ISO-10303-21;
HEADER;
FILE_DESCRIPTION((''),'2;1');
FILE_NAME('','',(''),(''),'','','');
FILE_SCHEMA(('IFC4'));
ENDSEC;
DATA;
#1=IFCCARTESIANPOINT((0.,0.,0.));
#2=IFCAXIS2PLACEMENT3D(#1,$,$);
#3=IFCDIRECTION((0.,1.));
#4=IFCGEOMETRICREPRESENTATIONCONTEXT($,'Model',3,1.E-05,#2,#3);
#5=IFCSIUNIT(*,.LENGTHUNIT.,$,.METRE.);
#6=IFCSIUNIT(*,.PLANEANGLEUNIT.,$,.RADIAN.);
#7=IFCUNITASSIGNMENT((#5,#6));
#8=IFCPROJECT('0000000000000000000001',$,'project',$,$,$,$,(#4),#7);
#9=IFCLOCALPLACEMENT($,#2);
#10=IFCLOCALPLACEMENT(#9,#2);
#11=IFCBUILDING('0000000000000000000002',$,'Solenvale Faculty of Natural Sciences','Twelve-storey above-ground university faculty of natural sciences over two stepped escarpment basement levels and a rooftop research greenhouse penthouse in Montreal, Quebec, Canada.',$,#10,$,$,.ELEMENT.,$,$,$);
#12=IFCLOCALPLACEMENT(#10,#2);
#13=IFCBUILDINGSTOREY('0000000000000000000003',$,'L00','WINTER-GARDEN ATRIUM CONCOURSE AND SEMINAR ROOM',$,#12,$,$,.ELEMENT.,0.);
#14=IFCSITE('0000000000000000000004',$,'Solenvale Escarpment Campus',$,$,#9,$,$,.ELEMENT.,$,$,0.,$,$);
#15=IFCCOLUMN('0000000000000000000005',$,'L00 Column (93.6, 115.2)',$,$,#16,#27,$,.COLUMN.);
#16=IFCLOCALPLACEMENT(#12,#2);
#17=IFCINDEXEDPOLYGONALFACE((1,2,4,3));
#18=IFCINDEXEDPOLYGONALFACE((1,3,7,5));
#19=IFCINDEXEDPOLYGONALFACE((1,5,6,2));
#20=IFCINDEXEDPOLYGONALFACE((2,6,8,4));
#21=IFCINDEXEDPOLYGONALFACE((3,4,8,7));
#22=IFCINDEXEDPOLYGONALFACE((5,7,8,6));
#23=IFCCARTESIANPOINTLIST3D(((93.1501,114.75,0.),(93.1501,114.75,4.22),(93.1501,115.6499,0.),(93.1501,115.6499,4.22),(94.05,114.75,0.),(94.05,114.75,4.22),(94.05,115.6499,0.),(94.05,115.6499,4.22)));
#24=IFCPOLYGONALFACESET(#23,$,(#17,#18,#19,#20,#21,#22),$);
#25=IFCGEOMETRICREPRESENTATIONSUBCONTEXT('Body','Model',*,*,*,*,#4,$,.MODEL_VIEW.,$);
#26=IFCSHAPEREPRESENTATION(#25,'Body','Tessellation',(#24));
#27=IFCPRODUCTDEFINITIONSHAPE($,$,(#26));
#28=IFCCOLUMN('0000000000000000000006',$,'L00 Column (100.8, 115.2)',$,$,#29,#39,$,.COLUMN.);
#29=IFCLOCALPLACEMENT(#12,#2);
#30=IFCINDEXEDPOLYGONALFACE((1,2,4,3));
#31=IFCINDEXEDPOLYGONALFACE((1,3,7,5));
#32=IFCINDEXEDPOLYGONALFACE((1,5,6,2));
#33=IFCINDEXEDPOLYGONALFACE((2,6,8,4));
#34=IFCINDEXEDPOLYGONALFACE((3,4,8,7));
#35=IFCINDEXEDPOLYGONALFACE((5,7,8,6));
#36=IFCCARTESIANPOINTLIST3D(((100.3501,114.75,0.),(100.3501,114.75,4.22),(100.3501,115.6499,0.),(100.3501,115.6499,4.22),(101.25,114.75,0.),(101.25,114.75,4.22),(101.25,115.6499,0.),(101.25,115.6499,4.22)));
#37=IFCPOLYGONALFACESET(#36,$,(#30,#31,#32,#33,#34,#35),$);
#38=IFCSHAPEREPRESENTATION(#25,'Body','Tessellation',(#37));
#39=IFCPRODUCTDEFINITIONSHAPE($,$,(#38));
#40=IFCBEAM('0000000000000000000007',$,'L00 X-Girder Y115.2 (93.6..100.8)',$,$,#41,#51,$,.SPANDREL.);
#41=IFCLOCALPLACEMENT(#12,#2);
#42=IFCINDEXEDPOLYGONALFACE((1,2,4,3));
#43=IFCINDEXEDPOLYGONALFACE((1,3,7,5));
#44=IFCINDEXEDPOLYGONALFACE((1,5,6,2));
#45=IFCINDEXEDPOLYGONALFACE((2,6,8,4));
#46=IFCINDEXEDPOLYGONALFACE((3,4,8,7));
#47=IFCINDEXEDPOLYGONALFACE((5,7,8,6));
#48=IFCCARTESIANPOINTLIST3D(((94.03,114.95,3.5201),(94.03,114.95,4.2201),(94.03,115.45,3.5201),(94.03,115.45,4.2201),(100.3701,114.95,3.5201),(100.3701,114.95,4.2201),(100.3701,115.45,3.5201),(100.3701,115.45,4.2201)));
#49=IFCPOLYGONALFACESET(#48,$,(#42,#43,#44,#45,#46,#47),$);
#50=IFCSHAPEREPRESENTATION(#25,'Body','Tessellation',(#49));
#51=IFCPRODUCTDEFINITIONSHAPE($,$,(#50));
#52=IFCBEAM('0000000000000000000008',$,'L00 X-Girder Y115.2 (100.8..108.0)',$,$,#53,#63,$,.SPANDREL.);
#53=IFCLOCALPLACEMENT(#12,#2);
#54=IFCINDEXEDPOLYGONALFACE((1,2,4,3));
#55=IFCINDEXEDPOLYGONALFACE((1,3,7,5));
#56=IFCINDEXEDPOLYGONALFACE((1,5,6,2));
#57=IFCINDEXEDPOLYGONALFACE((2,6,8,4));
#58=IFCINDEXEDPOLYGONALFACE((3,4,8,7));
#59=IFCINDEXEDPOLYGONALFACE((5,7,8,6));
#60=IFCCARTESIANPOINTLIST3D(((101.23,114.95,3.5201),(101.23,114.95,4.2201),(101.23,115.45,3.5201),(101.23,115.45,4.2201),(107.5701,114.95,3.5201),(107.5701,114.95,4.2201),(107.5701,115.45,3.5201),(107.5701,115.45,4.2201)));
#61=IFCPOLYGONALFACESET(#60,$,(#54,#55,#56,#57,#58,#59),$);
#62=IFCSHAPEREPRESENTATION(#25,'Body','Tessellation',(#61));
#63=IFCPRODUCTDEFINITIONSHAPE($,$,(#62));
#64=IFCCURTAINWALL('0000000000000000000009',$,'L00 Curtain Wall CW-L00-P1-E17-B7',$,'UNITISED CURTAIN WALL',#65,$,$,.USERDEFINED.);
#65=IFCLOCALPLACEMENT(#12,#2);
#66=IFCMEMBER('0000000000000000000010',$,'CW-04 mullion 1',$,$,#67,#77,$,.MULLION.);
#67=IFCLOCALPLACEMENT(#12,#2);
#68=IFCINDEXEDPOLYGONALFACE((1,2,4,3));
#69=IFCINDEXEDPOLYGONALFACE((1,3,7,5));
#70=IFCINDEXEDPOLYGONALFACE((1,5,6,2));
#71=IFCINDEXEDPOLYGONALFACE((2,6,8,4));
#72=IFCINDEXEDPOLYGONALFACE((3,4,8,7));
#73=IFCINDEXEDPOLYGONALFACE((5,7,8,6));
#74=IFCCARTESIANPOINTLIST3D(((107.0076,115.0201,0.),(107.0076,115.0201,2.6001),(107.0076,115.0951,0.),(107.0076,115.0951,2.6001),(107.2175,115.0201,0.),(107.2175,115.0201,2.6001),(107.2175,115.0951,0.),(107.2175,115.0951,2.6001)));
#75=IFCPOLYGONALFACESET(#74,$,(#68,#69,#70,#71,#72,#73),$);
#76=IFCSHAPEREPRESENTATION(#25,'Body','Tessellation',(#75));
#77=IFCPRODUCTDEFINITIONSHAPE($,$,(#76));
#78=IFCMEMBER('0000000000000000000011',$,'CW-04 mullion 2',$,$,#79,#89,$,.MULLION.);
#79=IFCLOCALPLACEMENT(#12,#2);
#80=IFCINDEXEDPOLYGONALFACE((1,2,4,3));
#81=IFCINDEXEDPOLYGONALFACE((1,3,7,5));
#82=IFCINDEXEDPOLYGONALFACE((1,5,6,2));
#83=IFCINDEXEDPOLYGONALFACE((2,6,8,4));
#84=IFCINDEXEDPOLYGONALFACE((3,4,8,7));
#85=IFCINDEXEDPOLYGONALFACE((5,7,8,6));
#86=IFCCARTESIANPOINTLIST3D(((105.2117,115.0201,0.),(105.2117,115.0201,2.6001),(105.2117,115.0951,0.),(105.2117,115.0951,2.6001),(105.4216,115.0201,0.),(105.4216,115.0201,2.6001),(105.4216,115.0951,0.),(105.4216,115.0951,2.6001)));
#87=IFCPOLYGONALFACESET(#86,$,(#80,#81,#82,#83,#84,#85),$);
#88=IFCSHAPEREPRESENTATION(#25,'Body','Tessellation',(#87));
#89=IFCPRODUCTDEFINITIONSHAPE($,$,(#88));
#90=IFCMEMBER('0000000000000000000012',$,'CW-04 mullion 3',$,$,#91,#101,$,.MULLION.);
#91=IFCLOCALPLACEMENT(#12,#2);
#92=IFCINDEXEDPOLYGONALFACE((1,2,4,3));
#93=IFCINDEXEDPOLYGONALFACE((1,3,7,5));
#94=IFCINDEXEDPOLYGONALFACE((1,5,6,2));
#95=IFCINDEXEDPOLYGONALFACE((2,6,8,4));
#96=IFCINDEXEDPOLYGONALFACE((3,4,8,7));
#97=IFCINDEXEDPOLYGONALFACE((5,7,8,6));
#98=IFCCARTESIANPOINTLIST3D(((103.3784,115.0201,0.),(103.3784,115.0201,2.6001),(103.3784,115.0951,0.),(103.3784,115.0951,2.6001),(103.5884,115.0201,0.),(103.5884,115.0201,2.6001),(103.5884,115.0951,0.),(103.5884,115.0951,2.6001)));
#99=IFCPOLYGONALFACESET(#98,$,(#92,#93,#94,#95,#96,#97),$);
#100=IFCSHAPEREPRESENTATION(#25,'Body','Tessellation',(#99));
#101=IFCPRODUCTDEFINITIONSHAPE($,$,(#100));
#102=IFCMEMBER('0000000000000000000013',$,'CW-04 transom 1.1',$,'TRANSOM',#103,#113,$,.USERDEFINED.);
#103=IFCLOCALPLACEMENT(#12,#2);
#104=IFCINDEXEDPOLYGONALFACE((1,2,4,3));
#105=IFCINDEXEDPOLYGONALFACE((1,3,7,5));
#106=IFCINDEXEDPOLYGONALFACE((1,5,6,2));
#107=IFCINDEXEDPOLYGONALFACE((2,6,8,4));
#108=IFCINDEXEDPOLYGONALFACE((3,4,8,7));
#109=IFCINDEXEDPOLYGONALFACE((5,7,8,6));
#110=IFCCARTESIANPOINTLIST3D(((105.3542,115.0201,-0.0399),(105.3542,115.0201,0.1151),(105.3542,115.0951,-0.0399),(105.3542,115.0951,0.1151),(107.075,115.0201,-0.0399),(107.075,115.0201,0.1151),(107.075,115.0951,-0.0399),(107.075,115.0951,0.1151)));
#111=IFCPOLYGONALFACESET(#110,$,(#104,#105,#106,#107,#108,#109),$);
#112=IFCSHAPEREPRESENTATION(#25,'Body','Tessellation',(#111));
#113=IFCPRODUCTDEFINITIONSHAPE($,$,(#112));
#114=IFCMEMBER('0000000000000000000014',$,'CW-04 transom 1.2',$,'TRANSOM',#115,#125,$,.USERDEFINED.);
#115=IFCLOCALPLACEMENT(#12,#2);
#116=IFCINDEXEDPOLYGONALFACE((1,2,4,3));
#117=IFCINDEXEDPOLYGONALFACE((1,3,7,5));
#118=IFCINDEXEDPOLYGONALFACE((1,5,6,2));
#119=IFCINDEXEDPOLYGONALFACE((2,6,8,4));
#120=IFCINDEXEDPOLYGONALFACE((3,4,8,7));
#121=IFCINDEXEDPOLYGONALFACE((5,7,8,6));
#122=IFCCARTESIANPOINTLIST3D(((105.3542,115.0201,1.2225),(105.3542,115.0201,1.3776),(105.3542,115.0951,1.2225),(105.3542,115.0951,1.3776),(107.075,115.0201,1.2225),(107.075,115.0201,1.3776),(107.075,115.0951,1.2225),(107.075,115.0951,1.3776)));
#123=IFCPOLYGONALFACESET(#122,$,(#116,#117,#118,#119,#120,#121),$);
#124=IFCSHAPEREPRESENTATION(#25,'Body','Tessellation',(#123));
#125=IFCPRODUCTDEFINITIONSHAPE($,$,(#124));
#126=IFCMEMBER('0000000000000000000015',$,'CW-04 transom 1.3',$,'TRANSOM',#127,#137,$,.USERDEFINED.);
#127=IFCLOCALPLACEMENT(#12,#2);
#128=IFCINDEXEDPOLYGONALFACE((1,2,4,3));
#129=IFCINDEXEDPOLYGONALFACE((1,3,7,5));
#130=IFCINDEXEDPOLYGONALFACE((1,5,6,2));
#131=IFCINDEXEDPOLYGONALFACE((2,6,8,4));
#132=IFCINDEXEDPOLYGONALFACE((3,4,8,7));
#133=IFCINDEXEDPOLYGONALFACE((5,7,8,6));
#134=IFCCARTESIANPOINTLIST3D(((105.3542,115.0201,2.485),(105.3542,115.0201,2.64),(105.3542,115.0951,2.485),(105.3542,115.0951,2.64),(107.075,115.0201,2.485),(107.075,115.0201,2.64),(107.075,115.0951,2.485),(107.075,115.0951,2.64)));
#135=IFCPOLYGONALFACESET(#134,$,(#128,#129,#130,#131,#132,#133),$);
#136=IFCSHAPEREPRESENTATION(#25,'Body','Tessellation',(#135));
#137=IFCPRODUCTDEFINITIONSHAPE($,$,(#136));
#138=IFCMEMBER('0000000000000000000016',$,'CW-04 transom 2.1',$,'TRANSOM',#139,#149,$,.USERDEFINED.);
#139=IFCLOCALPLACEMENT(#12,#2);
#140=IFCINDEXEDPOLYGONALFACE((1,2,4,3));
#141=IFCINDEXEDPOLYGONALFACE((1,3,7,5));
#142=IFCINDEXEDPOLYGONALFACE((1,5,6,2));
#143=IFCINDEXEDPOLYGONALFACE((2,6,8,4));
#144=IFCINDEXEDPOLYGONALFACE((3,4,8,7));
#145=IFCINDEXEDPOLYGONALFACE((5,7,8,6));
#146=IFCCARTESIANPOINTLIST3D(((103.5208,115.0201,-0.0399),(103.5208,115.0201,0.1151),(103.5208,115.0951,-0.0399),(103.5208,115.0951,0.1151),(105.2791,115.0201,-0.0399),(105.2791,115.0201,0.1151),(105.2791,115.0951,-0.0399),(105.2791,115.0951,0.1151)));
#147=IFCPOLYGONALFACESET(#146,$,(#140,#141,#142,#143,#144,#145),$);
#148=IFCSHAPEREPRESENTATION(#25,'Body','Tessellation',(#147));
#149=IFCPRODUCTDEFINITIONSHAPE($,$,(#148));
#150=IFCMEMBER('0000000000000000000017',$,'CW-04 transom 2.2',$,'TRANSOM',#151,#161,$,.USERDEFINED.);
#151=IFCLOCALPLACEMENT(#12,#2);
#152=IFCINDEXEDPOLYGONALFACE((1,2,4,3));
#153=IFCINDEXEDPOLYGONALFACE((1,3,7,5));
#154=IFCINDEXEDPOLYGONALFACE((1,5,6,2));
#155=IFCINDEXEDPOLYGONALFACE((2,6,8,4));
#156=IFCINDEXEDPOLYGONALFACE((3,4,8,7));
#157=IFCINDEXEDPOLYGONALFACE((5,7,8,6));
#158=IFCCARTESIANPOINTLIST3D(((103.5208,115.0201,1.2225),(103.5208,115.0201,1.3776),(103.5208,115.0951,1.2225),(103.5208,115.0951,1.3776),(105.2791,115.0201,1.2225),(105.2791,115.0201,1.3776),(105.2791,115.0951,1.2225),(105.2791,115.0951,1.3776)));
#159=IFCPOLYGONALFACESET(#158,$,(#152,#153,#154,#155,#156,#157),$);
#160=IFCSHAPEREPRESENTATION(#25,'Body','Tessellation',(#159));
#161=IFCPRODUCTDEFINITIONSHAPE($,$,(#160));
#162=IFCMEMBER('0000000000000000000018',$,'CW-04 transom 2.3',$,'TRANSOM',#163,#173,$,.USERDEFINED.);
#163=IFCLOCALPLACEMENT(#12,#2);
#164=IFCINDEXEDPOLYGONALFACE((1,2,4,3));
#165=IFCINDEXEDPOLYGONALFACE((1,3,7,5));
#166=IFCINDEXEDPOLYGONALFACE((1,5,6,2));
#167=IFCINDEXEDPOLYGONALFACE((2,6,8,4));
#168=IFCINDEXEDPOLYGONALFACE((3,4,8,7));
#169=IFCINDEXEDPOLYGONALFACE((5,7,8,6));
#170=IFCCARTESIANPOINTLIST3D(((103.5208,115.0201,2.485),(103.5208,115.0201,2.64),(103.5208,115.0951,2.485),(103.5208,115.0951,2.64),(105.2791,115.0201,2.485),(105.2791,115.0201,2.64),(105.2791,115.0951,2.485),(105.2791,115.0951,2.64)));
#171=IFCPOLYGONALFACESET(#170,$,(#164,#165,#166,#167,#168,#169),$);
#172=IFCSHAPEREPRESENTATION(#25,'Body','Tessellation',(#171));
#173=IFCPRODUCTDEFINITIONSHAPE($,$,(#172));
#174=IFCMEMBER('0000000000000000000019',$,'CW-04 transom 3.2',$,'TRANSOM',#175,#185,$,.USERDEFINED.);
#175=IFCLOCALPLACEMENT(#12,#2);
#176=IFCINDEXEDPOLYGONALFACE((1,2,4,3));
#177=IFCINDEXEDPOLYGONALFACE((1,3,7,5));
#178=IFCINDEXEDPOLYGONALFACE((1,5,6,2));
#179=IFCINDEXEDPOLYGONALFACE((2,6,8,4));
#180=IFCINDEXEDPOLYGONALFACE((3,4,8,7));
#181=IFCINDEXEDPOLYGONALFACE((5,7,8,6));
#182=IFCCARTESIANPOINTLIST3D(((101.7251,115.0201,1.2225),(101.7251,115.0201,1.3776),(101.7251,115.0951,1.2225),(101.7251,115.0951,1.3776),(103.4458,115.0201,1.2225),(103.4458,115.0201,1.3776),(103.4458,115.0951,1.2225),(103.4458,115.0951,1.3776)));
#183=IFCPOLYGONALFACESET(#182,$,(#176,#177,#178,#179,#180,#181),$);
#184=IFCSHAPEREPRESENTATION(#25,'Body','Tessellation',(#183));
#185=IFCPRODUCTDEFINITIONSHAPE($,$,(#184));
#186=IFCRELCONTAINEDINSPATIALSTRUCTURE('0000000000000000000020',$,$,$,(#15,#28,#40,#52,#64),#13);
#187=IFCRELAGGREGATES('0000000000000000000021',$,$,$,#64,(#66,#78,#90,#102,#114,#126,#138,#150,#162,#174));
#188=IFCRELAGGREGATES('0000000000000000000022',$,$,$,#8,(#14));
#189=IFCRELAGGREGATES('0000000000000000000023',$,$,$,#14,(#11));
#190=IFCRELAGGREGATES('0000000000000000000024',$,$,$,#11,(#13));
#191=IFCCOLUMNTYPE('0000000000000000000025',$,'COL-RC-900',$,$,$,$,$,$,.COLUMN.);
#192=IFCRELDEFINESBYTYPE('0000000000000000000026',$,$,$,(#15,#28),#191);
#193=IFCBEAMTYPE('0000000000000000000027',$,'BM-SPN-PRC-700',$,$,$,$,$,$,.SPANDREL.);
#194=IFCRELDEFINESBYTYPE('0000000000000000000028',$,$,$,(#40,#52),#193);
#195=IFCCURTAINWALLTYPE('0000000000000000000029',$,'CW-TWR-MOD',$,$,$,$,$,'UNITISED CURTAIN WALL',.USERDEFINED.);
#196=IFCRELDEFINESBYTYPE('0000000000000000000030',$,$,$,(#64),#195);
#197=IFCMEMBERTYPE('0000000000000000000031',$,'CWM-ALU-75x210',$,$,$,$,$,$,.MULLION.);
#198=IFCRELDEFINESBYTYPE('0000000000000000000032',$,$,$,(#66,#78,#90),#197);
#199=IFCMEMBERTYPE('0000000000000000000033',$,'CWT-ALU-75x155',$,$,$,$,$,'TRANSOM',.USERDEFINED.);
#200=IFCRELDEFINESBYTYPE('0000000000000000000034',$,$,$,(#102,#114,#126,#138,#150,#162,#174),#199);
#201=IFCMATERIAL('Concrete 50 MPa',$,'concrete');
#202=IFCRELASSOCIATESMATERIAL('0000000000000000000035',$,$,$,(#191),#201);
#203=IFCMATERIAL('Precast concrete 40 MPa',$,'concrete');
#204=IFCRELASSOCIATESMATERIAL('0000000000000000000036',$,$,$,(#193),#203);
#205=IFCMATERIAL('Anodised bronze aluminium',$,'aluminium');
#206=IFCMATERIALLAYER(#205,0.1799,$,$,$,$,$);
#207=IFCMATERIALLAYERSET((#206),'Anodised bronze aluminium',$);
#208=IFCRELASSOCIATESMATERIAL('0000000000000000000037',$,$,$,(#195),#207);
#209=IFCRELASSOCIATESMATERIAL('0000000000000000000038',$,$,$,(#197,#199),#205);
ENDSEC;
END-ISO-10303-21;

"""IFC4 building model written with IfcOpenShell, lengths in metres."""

from ifc_helpers import new_model, si_unit, direction, frame, origin, origin_2d, place, context, subcontext, project, spatial, rectangle, extrude, material, layer, layer_set, material_profile, profile_set, type_object, element, aggregate, save


model = new_model("IFC4")

# Units and contexts
model_context = context("Model", 3, precision=1e-05, world=origin(), true_north=direction((0.0, 1.0)))
body_context = subcontext(model_context, "Body", "Model", "MODEL_VIEW")
ifc_project = project(units=[si_unit("LENGTHUNIT", "METRE"), si_unit("PLANEANGLEUNIT", "RADIAN")], contexts=[model_context])

# Site, building, storey
site_placement = place(None, origin())
site = spatial("IfcSite", under=ifc_project, at=site_placement, Name="Solenvale Escarpment Campus", CompositionType="ELEMENT", RefElevation=0.0)
building_placement = place(site_placement, origin())
building = spatial("IfcBuilding", under=site, at=building_placement, Name="Solenvale Faculty of Natural Sciences", Description="Twelve-storey above-ground university faculty of natural sciences over two stepped escarpment basement levels and a rooftop research greenhouse penthouse in Montreal, Quebec, Canada.", CompositionType="ELEMENT")
storey_placement = place(building_placement, origin())
storey = spatial("IfcBuildingStorey", under=building, at=storey_placement, Name="L00", Description="WINTER-GARDEN ATRIUM CONCOURSE AND SEMINAR ROOM", CompositionType="ELEMENT", Elevation=0.0)

# Columns
ifc_material_1 = material(Name="Concrete 50 MPa", Category="concrete")
ifc_material_profile_1 = material_profile(ifc_material_1, rectangle(XDim=0.8999, YDim=0.8999, at=origin_2d()), Name="RC-COL-900x900")
ifc_profile_set_1 = profile_set([ifc_material_profile_1], Name="Concrete 50 MPa")
column_type = type_object("IfcColumnType", Name="COL-RC-900", PredefinedType="COLUMN", material=ifc_profile_set_1)
for number, where, z_axis, x_axis, name in (
    (1, (93.6001, 115.2, 0.0), (0.0, 0.0, 1.0), (1.0, 0.0, 0.0), "L00 Column (93.6, 115.2)"),
    (2, (100.8, 115.2, 0.0), (0.0, 0.0, 1.0), (1.0, 0.0, 0.0), "L00 Column (100.8, 115.2)"),
):
    element("IfcColumn", number, at=place(storey_placement, frame(where, z_axis=z_axis, x_axis=x_axis)), inside=storey, type_object=column_type, Name=name, PredefinedType="COLUMN", context=body_context, shape_type="SweptSolid", body=[
        extrude(rectangle(XDim=0.8999, YDim=0.8999, at=origin_2d()), origin(), (0.0, 0.0, 1.0), 4.22),
    ])

# Beams
ifc_material_2 = material(Name="Precast concrete 40 MPa", Category="concrete")
ifc_material_profile_2 = material_profile(ifc_material_2, rectangle(XDim=0.5, YDim=0.7, at=origin_2d()), Name="RC-BM-500x700")
ifc_profile_set_2 = profile_set([ifc_material_profile_2], Name="Precast concrete 40 MPa")
beam_type = type_object("IfcBeamType", Name="BM-SPN-PRC-700", PredefinedType="SPANDREL", material=ifc_profile_set_2)
for number, where, z_axis, x_axis, name in (
    (3, (94.03, 115.2, 3.8701), (1.0, 0.0, 0.0), (0.0, 1.0, 0.0), "L00 X-Girder Y115.2 (93.6..100.8)"),
    (4, (101.23, 115.2, 3.8701), (1.0, 0.0, 0.0), (0.0, 1.0, 0.0), "L00 X-Girder Y115.2 (100.8..108.0)"),
):
    element("IfcBeam", number, at=place(storey_placement, frame(where, z_axis=z_axis, x_axis=x_axis)), inside=storey, type_object=beam_type, Name=name, PredefinedType="SPANDREL", context=body_context, shape_type="SweptSolid", body=[
        extrude(rectangle(XDim=0.5, YDim=0.7, at=origin_2d()), origin(), (0.0, 0.0, 1.0), 6.3401),
    ])

# Curtain wall, members
ifc_material_3 = material(Name="Anodised bronze aluminium", Category="aluminium")
ifc_layer_1 = layer(ifc_material_3, 0.1799)
ifc_layer_set_1 = layer_set([ifc_layer_1], Name="Anodised bronze aluminium")
curtain_wall_type = type_object("IfcCurtainWallType", Name="CW-TWR-MOD", ElementType="UNITISED CURTAIN WALL", PredefinedType="USERDEFINED", material=ifc_layer_set_1)
curtain_wall_placement = place(storey_placement, origin())
curtain_wall = element("IfcCurtainWall", 5, at=curtain_wall_placement, inside=storey, type_object=curtain_wall_type, Name="L00 Curtain Wall CW-L00-P1-E17-B7", ObjectType="UNITISED CURTAIN WALL", PredefinedType="USERDEFINED")
ifc_material_profile_3 = material_profile(ifc_material_3, rectangle(XDim=0.075, YDim=0.21, at=origin_2d()), Name="ALU-MUL-75x210")
ifc_profile_set_3 = profile_set([ifc_material_profile_3], Name="Anodised bronze aluminium")
member_type_1 = type_object("IfcMemberType", Name="CWM-ALU-75x210", PredefinedType="MULLION", material=ifc_profile_set_3)
member_1_placement = place(storey_placement, frame((107.1125, 115.0576, 0.0), z_axis=(0.0, 0.0, 1.0), x_axis=(0.0, -1.0, 0.0)))
member_1 = element("IfcMember", 6, at=member_1_placement, type_object=member_type_1, Name="CW-04 mullion 1", PredefinedType="MULLION", context=body_context, shape_type="SweptSolid", body=[
    extrude(rectangle(XDim=0.075, YDim=0.21, at=origin_2d()), origin(), (0.0, 0.0, 1.0), 2.6001),
])
member_2_placement = place(storey_placement, frame((105.3167, 115.0576, 0.0), z_axis=(0.0, 0.0, 1.0), x_axis=(0.0, -1.0, 0.0)))
member_2 = element("IfcMember", 7, at=member_2_placement, type_object=member_type_1, Name="CW-04 mullion 2", PredefinedType="MULLION", context=body_context, shape_type="SweptSolid", body=[
    extrude(rectangle(XDim=0.075, YDim=0.21, at=origin_2d()), origin(), (0.0, 0.0, 1.0), 2.6001),
])
member_3_placement = place(storey_placement, frame((103.4834, 115.0576, 0.0), z_axis=(0.0, 0.0, 1.0), x_axis=(0.0, -1.0, 0.0)))
member_3 = element("IfcMember", 8, at=member_3_placement, type_object=member_type_1, Name="CW-04 mullion 3", PredefinedType="MULLION", context=body_context, shape_type="SweptSolid", body=[
    extrude(rectangle(XDim=0.075, YDim=0.21, at=origin_2d()), origin(), (0.0, 0.0, 1.0), 2.6001),
])
ifc_material_profile_4 = material_profile(ifc_material_3, rectangle(XDim=0.075, YDim=0.155, at=origin_2d()), Name="ALU-TRN-75x155")
ifc_profile_set_4 = profile_set([ifc_material_profile_4], Name="Anodised bronze aluminium")
member_type_2 = type_object("IfcMemberType", Name="CWT-ALU-75x155", ElementType="TRANSOM", PredefinedType="USERDEFINED", material=ifc_profile_set_4)
member_4_placement = place(storey_placement, frame((107.075, 115.0576, 0.0376), z_axis=(-1.0, 0.0, 0.0), x_axis=(0.0, -1.0, 0.0)))
member_4 = element("IfcMember", 9, at=member_4_placement, type_object=member_type_2, Name="CW-04 transom 1.1", ObjectType="TRANSOM", PredefinedType="USERDEFINED", context=body_context, shape_type="SweptSolid", body=[
    extrude(rectangle(XDim=0.075, YDim=0.155, at=origin_2d()), origin(), (0.0, 0.0, 1.0), 1.7207),
])
member_5_placement = place(storey_placement, frame((107.075, 115.0576, 1.3), z_axis=(-1.0, 0.0, 0.0), x_axis=(0.0, -1.0, 0.0)))
member_5 = element("IfcMember", 10, at=member_5_placement, type_object=member_type_2, Name="CW-04 transom 1.2", ObjectType="TRANSOM", PredefinedType="USERDEFINED", context=body_context, shape_type="SweptSolid", body=[
    extrude(rectangle(XDim=0.075, YDim=0.155, at=origin_2d()), origin(), (0.0, 0.0, 1.0), 1.7207),
])
member_6_placement = place(storey_placement, frame((107.075, 115.0576, 2.5625), z_axis=(-1.0, 0.0, 0.0), x_axis=(0.0, -1.0, 0.0)))
member_6 = element("IfcMember", 11, at=member_6_placement, type_object=member_type_2, Name="CW-04 transom 1.3", ObjectType="TRANSOM", PredefinedType="USERDEFINED", context=body_context, shape_type="SweptSolid", body=[
    extrude(rectangle(XDim=0.075, YDim=0.155, at=origin_2d()), origin(), (0.0, 0.0, 1.0), 1.7207),
])
member_7_placement = place(storey_placement, frame((105.2791, 115.0576, 0.0376), z_axis=(-1.0, 0.0, 0.0), x_axis=(0.0, -1.0, 0.0)))
member_7 = element("IfcMember", 12, at=member_7_placement, type_object=member_type_2, Name="CW-04 transom 2.1", ObjectType="TRANSOM", PredefinedType="USERDEFINED", context=body_context, shape_type="SweptSolid", body=[
    extrude(rectangle(XDim=0.075, YDim=0.155, at=origin_2d()), origin(), (0.0, 0.0, 1.0), 1.7583),
])
member_8_placement = place(storey_placement, frame((105.2791, 115.0576, 1.3), z_axis=(-1.0, 0.0, 0.0), x_axis=(0.0, -1.0, 0.0)))
member_8 = element("IfcMember", 13, at=member_8_placement, type_object=member_type_2, Name="CW-04 transom 2.2", ObjectType="TRANSOM", PredefinedType="USERDEFINED", context=body_context, shape_type="SweptSolid", body=[
    extrude(rectangle(XDim=0.075, YDim=0.155, at=origin_2d()), origin(), (0.0, 0.0, 1.0), 1.7583),
])
member_9_placement = place(storey_placement, frame((105.2791, 115.0576, 2.5625), z_axis=(-1.0, 0.0, 0.0), x_axis=(0.0, -1.0, 0.0)))
member_9 = element("IfcMember", 14, at=member_9_placement, type_object=member_type_2, Name="CW-04 transom 2.3", ObjectType="TRANSOM", PredefinedType="USERDEFINED", context=body_context, shape_type="SweptSolid", body=[
    extrude(rectangle(XDim=0.075, YDim=0.155, at=origin_2d()), origin(), (0.0, 0.0, 1.0), 1.7583),
])
member_10_placement = place(storey_placement, frame((103.4458, 115.0576, 1.3), z_axis=(-1.0, 0.0, 0.0), x_axis=(0.0, -1.0, 0.0)))
member_10 = element("IfcMember", 15, at=member_10_placement, type_object=member_type_2, Name="CW-04 transom 3.2", ObjectType="TRANSOM", PredefinedType="USERDEFINED", context=body_context, shape_type="SweptSolid", body=[
    extrude(rectangle(XDim=0.075, YDim=0.155, at=origin_2d()), origin(), (0.0, 0.0, 1.0), 1.7207),
])
aggregate(curtain_wall, [member_1, member_2, member_3, member_4, member_5, member_6, member_7, member_8, member_9, member_10])

save(model, "model.ifc")
